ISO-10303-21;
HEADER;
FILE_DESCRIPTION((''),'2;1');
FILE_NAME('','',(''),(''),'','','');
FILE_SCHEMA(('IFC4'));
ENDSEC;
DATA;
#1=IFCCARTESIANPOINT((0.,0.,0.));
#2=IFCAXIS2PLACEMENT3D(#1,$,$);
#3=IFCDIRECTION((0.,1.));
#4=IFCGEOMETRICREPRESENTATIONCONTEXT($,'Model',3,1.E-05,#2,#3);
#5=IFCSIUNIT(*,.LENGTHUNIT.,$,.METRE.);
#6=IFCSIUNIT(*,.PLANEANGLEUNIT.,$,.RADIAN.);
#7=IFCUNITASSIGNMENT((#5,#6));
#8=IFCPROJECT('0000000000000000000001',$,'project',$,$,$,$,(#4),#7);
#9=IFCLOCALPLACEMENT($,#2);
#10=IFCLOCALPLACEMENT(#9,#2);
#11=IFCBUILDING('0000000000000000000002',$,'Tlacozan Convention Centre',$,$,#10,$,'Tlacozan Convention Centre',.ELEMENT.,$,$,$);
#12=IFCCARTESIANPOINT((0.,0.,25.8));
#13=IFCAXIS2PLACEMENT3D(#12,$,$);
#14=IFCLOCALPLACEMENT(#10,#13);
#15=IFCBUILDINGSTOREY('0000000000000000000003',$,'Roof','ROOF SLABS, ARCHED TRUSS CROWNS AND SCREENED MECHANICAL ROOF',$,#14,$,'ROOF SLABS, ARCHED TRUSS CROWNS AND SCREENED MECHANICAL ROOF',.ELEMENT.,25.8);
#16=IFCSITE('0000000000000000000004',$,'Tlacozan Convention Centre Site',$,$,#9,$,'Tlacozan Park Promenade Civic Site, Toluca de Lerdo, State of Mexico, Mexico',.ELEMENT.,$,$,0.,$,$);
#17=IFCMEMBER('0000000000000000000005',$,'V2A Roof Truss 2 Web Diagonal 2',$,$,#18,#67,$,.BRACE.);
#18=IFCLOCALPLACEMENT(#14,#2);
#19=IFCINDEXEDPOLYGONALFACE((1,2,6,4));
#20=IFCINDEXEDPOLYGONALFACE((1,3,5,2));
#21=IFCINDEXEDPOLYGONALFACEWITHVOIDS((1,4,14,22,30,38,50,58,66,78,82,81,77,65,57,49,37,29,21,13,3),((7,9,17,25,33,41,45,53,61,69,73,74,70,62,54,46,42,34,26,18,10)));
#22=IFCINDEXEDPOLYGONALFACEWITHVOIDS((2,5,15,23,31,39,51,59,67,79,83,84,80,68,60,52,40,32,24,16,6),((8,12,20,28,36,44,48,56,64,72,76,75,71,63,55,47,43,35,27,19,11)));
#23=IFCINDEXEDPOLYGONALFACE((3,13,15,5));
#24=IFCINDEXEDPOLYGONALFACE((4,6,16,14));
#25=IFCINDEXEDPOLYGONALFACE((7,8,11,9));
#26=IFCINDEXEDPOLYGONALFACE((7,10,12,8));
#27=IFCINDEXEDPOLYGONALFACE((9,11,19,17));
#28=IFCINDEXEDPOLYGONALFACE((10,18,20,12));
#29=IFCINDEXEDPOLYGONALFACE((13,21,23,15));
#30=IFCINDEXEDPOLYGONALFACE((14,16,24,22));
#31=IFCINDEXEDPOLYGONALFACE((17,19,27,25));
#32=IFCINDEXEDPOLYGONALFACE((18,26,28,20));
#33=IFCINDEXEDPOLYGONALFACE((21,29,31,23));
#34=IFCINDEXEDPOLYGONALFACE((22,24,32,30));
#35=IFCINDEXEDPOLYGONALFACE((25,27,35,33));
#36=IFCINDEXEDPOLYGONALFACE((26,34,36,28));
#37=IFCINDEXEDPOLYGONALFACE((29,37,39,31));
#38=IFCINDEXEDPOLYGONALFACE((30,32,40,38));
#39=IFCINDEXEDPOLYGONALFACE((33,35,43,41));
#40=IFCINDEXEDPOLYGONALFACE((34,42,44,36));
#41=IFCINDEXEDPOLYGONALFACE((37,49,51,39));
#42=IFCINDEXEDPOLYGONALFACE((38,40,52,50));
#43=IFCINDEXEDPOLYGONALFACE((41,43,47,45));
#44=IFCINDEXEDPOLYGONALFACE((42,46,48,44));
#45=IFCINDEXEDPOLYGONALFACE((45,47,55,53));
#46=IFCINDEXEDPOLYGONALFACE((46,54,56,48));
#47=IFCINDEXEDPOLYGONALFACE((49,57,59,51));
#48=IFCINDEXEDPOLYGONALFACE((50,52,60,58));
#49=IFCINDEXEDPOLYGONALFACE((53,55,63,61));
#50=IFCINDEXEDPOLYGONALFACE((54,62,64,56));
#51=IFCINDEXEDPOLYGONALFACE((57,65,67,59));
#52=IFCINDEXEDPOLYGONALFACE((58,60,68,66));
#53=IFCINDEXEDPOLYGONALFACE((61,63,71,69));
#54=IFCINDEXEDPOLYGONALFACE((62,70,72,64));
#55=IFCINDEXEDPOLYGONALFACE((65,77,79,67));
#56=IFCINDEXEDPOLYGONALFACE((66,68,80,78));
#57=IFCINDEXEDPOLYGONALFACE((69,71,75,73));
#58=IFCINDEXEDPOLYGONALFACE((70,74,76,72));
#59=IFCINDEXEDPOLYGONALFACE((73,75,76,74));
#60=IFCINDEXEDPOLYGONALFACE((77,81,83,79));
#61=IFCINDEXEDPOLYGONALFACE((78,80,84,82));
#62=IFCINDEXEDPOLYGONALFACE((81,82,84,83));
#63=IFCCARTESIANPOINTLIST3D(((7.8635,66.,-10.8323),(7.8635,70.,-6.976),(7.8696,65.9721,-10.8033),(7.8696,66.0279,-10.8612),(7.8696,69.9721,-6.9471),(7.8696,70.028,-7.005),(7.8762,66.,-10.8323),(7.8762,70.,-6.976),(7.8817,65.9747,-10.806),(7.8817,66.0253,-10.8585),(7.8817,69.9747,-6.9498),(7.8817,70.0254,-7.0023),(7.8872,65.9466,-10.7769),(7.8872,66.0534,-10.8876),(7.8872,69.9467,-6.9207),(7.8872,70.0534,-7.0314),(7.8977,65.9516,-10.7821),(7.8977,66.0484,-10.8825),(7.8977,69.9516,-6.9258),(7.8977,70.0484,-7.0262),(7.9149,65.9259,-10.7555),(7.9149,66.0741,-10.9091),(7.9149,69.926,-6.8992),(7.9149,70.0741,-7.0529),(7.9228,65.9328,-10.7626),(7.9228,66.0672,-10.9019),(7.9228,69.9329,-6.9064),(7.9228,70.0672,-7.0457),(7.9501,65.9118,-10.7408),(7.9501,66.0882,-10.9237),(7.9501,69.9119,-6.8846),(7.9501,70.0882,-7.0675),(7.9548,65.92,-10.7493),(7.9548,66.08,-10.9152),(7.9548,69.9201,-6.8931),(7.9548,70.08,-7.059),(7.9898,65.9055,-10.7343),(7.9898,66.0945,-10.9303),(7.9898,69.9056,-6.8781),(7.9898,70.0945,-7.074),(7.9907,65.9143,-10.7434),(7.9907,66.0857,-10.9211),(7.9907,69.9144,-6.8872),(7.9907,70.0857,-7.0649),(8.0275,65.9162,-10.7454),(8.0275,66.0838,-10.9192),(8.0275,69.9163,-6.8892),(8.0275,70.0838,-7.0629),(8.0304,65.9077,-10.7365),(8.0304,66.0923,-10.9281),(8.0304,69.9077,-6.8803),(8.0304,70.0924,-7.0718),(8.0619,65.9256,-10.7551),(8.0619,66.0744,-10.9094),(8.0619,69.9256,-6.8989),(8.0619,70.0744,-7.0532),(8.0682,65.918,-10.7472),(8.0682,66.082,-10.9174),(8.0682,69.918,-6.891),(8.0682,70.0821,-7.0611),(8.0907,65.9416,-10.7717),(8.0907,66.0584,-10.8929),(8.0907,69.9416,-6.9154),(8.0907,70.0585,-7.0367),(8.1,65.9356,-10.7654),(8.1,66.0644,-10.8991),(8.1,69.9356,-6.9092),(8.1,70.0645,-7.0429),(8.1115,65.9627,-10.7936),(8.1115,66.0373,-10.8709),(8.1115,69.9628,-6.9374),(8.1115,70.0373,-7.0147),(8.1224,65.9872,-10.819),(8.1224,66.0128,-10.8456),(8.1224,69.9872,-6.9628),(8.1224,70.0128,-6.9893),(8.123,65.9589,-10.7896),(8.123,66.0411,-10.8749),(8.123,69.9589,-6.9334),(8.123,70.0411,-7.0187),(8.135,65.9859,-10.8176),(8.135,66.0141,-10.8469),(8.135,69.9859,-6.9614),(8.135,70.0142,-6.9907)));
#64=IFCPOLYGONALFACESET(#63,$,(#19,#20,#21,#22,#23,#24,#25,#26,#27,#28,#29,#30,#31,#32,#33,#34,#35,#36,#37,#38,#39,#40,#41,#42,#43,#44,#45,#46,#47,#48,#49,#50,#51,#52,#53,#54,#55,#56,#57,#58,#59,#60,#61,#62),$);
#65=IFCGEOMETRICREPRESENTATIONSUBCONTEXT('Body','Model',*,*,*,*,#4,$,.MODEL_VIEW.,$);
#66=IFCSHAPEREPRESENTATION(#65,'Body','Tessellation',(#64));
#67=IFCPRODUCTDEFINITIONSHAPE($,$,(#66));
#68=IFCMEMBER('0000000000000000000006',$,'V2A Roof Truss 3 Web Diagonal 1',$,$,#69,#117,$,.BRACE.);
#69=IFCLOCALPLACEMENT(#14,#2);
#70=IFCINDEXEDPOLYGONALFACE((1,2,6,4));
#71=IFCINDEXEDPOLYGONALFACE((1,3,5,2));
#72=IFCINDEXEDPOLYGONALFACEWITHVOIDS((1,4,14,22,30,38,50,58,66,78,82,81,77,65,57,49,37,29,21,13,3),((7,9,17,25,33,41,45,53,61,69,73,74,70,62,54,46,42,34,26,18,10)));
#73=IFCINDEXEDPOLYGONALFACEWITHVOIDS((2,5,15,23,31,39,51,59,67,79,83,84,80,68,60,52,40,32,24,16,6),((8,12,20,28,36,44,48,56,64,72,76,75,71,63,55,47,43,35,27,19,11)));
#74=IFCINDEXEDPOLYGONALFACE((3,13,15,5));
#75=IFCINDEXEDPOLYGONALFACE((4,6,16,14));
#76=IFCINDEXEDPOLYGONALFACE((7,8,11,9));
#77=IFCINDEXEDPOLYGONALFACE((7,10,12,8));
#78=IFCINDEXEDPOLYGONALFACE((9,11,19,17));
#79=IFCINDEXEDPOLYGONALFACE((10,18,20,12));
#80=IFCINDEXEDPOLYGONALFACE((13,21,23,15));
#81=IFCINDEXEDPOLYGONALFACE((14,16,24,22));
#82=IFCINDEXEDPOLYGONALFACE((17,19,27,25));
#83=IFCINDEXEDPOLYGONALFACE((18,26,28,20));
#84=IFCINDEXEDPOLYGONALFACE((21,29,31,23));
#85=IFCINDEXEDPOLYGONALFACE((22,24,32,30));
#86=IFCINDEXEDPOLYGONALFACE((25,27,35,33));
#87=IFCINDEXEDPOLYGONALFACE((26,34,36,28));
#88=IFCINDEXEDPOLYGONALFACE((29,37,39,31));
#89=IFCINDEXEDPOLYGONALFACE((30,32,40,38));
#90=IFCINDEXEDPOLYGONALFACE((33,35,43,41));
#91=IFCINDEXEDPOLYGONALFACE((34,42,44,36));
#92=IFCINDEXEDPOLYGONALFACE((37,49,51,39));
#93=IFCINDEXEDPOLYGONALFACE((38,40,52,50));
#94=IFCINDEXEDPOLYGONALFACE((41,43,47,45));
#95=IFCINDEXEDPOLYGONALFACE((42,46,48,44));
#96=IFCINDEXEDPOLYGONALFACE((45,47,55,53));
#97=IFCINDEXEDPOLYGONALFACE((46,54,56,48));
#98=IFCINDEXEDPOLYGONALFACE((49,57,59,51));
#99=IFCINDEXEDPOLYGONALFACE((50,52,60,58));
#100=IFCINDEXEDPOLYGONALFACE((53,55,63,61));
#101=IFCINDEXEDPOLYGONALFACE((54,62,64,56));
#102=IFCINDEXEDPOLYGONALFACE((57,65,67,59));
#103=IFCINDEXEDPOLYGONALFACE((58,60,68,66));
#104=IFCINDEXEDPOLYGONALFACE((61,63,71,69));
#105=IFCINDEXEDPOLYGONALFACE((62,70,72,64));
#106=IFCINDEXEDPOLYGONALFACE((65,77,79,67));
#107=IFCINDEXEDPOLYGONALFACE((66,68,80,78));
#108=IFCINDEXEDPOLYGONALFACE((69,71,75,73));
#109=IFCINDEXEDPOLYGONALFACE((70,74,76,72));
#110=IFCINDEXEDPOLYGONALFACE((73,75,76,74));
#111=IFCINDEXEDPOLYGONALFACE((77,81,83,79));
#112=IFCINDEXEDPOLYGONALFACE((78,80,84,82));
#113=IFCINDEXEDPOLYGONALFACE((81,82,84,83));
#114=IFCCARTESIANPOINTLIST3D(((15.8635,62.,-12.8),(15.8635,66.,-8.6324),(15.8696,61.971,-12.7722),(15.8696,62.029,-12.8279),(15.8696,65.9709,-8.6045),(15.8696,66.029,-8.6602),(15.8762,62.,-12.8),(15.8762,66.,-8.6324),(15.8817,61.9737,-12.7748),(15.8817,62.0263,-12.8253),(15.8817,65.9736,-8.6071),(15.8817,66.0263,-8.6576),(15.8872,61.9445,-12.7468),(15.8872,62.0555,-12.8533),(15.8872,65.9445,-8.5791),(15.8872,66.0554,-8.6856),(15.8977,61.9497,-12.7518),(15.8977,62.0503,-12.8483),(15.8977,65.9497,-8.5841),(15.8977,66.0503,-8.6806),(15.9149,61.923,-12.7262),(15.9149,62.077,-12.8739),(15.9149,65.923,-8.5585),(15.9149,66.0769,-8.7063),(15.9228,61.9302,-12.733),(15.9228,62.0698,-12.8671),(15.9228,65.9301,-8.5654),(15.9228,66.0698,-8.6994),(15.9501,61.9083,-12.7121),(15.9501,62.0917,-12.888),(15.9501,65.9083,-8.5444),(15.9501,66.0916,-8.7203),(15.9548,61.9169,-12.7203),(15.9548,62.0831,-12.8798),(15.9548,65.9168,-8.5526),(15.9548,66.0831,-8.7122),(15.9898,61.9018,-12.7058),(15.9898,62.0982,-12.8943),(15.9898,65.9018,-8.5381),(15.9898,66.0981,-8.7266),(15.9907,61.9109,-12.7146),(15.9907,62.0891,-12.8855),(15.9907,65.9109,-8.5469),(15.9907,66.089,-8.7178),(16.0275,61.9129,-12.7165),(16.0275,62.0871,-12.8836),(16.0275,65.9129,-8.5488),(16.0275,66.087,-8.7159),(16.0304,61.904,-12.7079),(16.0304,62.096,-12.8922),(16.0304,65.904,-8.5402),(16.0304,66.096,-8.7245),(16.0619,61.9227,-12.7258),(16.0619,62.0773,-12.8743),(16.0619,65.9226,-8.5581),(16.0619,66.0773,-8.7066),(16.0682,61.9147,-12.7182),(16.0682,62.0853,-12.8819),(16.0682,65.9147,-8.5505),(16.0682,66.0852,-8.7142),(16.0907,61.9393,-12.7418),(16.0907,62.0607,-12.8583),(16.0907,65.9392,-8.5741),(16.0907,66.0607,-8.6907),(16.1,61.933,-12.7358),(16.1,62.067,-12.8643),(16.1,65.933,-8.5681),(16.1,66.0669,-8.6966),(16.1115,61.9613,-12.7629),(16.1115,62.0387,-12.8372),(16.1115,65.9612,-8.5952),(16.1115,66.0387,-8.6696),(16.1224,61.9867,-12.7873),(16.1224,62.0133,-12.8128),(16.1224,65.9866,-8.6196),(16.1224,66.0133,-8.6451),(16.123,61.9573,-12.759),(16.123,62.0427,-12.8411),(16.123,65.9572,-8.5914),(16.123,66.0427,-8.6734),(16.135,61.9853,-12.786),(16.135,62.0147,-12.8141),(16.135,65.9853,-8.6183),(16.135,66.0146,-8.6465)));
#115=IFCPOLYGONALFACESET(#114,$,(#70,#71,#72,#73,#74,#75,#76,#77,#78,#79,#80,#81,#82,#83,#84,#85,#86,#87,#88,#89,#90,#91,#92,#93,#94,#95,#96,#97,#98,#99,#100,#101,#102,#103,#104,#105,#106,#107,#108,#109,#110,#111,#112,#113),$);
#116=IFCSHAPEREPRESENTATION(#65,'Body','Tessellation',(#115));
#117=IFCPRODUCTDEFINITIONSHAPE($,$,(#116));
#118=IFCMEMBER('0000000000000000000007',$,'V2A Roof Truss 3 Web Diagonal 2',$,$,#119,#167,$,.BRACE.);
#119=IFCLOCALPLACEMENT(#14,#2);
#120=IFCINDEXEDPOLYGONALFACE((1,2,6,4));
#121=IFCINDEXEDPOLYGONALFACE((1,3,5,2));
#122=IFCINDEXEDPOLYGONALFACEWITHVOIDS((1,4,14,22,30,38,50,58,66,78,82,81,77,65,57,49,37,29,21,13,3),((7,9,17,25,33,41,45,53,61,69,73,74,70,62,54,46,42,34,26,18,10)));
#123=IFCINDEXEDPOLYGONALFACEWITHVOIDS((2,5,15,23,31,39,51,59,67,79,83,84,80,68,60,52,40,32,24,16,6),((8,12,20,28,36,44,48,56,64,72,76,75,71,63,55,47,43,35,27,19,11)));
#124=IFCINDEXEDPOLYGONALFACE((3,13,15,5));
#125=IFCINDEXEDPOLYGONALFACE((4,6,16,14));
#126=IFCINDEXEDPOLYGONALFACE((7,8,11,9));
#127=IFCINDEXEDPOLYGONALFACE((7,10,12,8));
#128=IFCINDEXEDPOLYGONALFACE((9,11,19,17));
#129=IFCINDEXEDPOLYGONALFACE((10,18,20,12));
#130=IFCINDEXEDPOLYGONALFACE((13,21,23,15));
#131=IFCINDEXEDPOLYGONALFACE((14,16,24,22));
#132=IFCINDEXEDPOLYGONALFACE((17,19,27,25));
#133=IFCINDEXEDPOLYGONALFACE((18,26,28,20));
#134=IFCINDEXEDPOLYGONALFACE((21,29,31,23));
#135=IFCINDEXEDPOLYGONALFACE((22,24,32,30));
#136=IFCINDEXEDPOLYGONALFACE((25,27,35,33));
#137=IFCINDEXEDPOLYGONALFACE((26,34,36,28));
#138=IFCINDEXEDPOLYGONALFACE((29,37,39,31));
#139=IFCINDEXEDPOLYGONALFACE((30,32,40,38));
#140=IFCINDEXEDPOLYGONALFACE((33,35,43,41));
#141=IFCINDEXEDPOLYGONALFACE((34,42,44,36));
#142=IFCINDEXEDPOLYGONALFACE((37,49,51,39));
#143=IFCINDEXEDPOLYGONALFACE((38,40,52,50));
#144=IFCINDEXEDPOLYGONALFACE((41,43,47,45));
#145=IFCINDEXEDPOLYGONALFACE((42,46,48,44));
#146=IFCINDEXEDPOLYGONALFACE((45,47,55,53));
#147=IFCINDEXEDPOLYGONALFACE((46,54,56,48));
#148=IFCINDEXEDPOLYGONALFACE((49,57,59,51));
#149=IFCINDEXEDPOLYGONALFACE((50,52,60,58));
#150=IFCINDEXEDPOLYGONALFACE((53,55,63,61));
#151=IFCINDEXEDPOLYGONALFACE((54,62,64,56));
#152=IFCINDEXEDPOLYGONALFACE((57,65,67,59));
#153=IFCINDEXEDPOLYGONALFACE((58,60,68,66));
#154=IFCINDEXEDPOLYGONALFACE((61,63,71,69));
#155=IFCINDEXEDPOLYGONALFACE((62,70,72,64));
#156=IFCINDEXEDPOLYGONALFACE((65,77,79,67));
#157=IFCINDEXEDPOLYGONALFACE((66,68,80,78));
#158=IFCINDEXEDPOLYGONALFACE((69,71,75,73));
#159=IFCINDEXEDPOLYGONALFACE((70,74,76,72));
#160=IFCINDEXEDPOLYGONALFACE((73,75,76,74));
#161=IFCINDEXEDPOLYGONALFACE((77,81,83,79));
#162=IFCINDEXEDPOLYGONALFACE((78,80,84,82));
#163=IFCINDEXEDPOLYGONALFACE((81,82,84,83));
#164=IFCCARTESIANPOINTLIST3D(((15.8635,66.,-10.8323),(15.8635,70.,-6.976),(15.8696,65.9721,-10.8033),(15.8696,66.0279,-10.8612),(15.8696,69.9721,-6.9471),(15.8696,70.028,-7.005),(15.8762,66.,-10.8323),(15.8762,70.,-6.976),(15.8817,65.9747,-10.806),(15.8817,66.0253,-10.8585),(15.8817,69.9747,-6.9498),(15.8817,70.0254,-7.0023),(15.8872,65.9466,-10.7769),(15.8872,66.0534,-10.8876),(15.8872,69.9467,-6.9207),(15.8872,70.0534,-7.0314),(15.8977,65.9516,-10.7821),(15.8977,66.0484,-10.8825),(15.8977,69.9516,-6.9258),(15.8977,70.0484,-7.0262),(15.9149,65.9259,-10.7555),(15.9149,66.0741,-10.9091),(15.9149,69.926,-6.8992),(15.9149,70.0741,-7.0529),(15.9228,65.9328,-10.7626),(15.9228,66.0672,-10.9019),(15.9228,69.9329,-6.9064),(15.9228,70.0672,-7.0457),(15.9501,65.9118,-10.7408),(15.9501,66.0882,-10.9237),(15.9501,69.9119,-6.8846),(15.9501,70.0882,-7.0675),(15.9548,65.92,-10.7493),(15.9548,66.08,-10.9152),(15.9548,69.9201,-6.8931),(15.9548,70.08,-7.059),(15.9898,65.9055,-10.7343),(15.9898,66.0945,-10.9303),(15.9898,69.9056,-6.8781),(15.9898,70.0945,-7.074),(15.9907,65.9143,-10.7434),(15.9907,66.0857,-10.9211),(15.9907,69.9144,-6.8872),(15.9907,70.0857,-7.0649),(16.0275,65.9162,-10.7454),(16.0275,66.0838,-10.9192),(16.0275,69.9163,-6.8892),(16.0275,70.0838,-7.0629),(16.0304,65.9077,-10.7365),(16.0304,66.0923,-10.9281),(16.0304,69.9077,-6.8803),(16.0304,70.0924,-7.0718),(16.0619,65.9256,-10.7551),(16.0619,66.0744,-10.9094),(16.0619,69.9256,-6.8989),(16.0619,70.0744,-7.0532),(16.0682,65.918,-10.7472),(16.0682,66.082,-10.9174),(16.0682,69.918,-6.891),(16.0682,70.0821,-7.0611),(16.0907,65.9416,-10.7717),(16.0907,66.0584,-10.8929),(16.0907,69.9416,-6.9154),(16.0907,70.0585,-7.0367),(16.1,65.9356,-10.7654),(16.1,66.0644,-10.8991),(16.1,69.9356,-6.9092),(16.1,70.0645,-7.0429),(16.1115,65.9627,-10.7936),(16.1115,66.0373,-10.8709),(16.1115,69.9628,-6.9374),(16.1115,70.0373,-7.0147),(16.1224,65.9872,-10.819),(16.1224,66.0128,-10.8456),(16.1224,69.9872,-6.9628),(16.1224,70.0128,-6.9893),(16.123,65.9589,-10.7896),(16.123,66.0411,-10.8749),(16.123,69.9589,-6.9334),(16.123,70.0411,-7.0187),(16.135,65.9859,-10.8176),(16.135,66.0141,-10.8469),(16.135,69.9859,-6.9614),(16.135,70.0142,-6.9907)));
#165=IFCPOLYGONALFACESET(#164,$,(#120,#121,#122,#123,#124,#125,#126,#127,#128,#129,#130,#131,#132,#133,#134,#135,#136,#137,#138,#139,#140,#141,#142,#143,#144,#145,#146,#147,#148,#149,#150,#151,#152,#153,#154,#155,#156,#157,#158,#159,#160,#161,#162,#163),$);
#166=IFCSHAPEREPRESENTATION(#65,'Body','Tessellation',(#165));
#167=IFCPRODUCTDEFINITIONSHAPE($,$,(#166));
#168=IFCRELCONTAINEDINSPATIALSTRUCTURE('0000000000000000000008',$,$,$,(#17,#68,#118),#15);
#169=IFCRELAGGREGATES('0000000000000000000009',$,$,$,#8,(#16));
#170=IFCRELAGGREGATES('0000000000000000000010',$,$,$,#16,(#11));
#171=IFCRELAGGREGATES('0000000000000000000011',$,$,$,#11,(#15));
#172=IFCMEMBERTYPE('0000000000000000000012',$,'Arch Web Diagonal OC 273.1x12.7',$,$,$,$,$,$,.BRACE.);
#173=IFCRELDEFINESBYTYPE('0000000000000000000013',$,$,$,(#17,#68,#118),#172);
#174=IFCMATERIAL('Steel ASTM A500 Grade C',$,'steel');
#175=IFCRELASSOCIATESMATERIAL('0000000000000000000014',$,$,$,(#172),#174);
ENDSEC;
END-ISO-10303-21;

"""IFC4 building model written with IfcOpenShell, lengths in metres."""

from ifc_helpers import new_model, si_unit, direction, frame, origin, origin_2d, place, context, subcontext, project, spatial, hollow_circle, extrude, material, material_profile, profile_set, type_object, element, save


model = new_model("IFC4")

# Units and contexts
model_context = context("Model", 3, precision=1e-05, world=origin(), true_north=direction((0.0, 1.0)))
body_context = subcontext(model_context, "Body", "Model", "MODEL_VIEW")
ifc_project = project(units=[si_unit("LENGTHUNIT", "METRE"), si_unit("PLANEANGLEUNIT", "RADIAN")], contexts=[model_context])

# Site, building, storey
site_placement = place(None, origin())
site = spatial("IfcSite", under=ifc_project, at=site_placement, Name="Tlacozan Convention Centre Site", LongName="Tlacozan Park Promenade Civic Site, Toluca de Lerdo, State of Mexico, Mexico", CompositionType="ELEMENT", RefElevation=0.0)
building_placement = place(site_placement, origin())
building = spatial("IfcBuilding", under=site, at=building_placement, Name="Tlacozan Convention Centre", LongName="Tlacozan Convention Centre", CompositionType="ELEMENT")
storey_placement = place(building_placement, frame((0.0, 0.0, 25.8)))
storey = spatial("IfcBuildingStorey", under=building, at=storey_placement, Name="Roof", Description="ROOF SLABS, ARCHED TRUSS CROWNS AND SCREENED MECHANICAL ROOF", LongName="ROOF SLABS, ARCHED TRUSS CROWNS AND SCREENED MECHANICAL ROOF", CompositionType="ELEMENT", Elevation=25.8)

# Members
ifc_material_1 = material(Name="Steel ASTM A500 Grade C", Category="steel")
ifc_material_profile_1 = material_profile(ifc_material_1, hollow_circle(Radius=0.1365, WallThickness=0.0127, at=origin_2d()), Name="OC 273.1x12.7")
ifc_profile_set_1 = profile_set([ifc_material_profile_1], Name="Steel ASTM A500 Grade C")
member_type_1 = type_object("IfcMemberType", Name="Arch Web Diagonal OC 273.1x12.7", PredefinedType="BRACE", material=ifc_profile_set_1)
for number, where, z_axis, x_axis, name in (
    (1, (8.0, 66.0, -10.8323), (0.0, 0.719929, 0.694048), (-1.0, 0.0, 0.0), "V2A Roof Truss 2 Web Diagonal 2"),
):
    element("IfcMember", number, at=place(storey_placement, frame(where, z_axis=z_axis, x_axis=x_axis)), inside=storey, type_object=member_type_1, Name=name, PredefinedType="BRACE", context=body_context, shape_type="SweptSolid", body=[
        extrude(hollow_circle(Radius=0.1365, WallThickness=0.0127, at=origin_2d()), origin(), (0.0, 0.0, 1.0), 5.5562),
    ])
member_1_placement = place(storey_placement, frame((16.0, 62.0, -12.8), z_axis=(0.0, 0.69244, 0.721475), x_axis=(-1.0, 0.0, 0.0)))
element("IfcMember", 2, at=member_1_placement, inside=storey, type_object=member_type_1, Name="V2A Roof Truss 3 Web Diagonal 1", PredefinedType="BRACE", context=body_context, shape_type="SweptSolid", body=[
    extrude(hollow_circle(Radius=0.1365, WallThickness=0.0127, at=origin_2d()), origin(), (0.0, 0.0, 1.0), 5.7766),
])
member_2_placement = place(storey_placement, frame((16.0, 66.0, -10.8323), z_axis=(0.0, 0.719929, 0.694048), x_axis=(-1.0, 0.0, 0.0)))
element("IfcMember", 3, at=member_2_placement, inside=storey, type_object=member_type_1, Name="V2A Roof Truss 3 Web Diagonal 2", PredefinedType="BRACE", context=body_context, shape_type="SweptSolid", body=[
    extrude(hollow_circle(Radius=0.1365, WallThickness=0.0127, at=origin_2d()), origin(), (0.0, 0.0, 1.0), 5.5562),
])

save(model, "model.ifc")
